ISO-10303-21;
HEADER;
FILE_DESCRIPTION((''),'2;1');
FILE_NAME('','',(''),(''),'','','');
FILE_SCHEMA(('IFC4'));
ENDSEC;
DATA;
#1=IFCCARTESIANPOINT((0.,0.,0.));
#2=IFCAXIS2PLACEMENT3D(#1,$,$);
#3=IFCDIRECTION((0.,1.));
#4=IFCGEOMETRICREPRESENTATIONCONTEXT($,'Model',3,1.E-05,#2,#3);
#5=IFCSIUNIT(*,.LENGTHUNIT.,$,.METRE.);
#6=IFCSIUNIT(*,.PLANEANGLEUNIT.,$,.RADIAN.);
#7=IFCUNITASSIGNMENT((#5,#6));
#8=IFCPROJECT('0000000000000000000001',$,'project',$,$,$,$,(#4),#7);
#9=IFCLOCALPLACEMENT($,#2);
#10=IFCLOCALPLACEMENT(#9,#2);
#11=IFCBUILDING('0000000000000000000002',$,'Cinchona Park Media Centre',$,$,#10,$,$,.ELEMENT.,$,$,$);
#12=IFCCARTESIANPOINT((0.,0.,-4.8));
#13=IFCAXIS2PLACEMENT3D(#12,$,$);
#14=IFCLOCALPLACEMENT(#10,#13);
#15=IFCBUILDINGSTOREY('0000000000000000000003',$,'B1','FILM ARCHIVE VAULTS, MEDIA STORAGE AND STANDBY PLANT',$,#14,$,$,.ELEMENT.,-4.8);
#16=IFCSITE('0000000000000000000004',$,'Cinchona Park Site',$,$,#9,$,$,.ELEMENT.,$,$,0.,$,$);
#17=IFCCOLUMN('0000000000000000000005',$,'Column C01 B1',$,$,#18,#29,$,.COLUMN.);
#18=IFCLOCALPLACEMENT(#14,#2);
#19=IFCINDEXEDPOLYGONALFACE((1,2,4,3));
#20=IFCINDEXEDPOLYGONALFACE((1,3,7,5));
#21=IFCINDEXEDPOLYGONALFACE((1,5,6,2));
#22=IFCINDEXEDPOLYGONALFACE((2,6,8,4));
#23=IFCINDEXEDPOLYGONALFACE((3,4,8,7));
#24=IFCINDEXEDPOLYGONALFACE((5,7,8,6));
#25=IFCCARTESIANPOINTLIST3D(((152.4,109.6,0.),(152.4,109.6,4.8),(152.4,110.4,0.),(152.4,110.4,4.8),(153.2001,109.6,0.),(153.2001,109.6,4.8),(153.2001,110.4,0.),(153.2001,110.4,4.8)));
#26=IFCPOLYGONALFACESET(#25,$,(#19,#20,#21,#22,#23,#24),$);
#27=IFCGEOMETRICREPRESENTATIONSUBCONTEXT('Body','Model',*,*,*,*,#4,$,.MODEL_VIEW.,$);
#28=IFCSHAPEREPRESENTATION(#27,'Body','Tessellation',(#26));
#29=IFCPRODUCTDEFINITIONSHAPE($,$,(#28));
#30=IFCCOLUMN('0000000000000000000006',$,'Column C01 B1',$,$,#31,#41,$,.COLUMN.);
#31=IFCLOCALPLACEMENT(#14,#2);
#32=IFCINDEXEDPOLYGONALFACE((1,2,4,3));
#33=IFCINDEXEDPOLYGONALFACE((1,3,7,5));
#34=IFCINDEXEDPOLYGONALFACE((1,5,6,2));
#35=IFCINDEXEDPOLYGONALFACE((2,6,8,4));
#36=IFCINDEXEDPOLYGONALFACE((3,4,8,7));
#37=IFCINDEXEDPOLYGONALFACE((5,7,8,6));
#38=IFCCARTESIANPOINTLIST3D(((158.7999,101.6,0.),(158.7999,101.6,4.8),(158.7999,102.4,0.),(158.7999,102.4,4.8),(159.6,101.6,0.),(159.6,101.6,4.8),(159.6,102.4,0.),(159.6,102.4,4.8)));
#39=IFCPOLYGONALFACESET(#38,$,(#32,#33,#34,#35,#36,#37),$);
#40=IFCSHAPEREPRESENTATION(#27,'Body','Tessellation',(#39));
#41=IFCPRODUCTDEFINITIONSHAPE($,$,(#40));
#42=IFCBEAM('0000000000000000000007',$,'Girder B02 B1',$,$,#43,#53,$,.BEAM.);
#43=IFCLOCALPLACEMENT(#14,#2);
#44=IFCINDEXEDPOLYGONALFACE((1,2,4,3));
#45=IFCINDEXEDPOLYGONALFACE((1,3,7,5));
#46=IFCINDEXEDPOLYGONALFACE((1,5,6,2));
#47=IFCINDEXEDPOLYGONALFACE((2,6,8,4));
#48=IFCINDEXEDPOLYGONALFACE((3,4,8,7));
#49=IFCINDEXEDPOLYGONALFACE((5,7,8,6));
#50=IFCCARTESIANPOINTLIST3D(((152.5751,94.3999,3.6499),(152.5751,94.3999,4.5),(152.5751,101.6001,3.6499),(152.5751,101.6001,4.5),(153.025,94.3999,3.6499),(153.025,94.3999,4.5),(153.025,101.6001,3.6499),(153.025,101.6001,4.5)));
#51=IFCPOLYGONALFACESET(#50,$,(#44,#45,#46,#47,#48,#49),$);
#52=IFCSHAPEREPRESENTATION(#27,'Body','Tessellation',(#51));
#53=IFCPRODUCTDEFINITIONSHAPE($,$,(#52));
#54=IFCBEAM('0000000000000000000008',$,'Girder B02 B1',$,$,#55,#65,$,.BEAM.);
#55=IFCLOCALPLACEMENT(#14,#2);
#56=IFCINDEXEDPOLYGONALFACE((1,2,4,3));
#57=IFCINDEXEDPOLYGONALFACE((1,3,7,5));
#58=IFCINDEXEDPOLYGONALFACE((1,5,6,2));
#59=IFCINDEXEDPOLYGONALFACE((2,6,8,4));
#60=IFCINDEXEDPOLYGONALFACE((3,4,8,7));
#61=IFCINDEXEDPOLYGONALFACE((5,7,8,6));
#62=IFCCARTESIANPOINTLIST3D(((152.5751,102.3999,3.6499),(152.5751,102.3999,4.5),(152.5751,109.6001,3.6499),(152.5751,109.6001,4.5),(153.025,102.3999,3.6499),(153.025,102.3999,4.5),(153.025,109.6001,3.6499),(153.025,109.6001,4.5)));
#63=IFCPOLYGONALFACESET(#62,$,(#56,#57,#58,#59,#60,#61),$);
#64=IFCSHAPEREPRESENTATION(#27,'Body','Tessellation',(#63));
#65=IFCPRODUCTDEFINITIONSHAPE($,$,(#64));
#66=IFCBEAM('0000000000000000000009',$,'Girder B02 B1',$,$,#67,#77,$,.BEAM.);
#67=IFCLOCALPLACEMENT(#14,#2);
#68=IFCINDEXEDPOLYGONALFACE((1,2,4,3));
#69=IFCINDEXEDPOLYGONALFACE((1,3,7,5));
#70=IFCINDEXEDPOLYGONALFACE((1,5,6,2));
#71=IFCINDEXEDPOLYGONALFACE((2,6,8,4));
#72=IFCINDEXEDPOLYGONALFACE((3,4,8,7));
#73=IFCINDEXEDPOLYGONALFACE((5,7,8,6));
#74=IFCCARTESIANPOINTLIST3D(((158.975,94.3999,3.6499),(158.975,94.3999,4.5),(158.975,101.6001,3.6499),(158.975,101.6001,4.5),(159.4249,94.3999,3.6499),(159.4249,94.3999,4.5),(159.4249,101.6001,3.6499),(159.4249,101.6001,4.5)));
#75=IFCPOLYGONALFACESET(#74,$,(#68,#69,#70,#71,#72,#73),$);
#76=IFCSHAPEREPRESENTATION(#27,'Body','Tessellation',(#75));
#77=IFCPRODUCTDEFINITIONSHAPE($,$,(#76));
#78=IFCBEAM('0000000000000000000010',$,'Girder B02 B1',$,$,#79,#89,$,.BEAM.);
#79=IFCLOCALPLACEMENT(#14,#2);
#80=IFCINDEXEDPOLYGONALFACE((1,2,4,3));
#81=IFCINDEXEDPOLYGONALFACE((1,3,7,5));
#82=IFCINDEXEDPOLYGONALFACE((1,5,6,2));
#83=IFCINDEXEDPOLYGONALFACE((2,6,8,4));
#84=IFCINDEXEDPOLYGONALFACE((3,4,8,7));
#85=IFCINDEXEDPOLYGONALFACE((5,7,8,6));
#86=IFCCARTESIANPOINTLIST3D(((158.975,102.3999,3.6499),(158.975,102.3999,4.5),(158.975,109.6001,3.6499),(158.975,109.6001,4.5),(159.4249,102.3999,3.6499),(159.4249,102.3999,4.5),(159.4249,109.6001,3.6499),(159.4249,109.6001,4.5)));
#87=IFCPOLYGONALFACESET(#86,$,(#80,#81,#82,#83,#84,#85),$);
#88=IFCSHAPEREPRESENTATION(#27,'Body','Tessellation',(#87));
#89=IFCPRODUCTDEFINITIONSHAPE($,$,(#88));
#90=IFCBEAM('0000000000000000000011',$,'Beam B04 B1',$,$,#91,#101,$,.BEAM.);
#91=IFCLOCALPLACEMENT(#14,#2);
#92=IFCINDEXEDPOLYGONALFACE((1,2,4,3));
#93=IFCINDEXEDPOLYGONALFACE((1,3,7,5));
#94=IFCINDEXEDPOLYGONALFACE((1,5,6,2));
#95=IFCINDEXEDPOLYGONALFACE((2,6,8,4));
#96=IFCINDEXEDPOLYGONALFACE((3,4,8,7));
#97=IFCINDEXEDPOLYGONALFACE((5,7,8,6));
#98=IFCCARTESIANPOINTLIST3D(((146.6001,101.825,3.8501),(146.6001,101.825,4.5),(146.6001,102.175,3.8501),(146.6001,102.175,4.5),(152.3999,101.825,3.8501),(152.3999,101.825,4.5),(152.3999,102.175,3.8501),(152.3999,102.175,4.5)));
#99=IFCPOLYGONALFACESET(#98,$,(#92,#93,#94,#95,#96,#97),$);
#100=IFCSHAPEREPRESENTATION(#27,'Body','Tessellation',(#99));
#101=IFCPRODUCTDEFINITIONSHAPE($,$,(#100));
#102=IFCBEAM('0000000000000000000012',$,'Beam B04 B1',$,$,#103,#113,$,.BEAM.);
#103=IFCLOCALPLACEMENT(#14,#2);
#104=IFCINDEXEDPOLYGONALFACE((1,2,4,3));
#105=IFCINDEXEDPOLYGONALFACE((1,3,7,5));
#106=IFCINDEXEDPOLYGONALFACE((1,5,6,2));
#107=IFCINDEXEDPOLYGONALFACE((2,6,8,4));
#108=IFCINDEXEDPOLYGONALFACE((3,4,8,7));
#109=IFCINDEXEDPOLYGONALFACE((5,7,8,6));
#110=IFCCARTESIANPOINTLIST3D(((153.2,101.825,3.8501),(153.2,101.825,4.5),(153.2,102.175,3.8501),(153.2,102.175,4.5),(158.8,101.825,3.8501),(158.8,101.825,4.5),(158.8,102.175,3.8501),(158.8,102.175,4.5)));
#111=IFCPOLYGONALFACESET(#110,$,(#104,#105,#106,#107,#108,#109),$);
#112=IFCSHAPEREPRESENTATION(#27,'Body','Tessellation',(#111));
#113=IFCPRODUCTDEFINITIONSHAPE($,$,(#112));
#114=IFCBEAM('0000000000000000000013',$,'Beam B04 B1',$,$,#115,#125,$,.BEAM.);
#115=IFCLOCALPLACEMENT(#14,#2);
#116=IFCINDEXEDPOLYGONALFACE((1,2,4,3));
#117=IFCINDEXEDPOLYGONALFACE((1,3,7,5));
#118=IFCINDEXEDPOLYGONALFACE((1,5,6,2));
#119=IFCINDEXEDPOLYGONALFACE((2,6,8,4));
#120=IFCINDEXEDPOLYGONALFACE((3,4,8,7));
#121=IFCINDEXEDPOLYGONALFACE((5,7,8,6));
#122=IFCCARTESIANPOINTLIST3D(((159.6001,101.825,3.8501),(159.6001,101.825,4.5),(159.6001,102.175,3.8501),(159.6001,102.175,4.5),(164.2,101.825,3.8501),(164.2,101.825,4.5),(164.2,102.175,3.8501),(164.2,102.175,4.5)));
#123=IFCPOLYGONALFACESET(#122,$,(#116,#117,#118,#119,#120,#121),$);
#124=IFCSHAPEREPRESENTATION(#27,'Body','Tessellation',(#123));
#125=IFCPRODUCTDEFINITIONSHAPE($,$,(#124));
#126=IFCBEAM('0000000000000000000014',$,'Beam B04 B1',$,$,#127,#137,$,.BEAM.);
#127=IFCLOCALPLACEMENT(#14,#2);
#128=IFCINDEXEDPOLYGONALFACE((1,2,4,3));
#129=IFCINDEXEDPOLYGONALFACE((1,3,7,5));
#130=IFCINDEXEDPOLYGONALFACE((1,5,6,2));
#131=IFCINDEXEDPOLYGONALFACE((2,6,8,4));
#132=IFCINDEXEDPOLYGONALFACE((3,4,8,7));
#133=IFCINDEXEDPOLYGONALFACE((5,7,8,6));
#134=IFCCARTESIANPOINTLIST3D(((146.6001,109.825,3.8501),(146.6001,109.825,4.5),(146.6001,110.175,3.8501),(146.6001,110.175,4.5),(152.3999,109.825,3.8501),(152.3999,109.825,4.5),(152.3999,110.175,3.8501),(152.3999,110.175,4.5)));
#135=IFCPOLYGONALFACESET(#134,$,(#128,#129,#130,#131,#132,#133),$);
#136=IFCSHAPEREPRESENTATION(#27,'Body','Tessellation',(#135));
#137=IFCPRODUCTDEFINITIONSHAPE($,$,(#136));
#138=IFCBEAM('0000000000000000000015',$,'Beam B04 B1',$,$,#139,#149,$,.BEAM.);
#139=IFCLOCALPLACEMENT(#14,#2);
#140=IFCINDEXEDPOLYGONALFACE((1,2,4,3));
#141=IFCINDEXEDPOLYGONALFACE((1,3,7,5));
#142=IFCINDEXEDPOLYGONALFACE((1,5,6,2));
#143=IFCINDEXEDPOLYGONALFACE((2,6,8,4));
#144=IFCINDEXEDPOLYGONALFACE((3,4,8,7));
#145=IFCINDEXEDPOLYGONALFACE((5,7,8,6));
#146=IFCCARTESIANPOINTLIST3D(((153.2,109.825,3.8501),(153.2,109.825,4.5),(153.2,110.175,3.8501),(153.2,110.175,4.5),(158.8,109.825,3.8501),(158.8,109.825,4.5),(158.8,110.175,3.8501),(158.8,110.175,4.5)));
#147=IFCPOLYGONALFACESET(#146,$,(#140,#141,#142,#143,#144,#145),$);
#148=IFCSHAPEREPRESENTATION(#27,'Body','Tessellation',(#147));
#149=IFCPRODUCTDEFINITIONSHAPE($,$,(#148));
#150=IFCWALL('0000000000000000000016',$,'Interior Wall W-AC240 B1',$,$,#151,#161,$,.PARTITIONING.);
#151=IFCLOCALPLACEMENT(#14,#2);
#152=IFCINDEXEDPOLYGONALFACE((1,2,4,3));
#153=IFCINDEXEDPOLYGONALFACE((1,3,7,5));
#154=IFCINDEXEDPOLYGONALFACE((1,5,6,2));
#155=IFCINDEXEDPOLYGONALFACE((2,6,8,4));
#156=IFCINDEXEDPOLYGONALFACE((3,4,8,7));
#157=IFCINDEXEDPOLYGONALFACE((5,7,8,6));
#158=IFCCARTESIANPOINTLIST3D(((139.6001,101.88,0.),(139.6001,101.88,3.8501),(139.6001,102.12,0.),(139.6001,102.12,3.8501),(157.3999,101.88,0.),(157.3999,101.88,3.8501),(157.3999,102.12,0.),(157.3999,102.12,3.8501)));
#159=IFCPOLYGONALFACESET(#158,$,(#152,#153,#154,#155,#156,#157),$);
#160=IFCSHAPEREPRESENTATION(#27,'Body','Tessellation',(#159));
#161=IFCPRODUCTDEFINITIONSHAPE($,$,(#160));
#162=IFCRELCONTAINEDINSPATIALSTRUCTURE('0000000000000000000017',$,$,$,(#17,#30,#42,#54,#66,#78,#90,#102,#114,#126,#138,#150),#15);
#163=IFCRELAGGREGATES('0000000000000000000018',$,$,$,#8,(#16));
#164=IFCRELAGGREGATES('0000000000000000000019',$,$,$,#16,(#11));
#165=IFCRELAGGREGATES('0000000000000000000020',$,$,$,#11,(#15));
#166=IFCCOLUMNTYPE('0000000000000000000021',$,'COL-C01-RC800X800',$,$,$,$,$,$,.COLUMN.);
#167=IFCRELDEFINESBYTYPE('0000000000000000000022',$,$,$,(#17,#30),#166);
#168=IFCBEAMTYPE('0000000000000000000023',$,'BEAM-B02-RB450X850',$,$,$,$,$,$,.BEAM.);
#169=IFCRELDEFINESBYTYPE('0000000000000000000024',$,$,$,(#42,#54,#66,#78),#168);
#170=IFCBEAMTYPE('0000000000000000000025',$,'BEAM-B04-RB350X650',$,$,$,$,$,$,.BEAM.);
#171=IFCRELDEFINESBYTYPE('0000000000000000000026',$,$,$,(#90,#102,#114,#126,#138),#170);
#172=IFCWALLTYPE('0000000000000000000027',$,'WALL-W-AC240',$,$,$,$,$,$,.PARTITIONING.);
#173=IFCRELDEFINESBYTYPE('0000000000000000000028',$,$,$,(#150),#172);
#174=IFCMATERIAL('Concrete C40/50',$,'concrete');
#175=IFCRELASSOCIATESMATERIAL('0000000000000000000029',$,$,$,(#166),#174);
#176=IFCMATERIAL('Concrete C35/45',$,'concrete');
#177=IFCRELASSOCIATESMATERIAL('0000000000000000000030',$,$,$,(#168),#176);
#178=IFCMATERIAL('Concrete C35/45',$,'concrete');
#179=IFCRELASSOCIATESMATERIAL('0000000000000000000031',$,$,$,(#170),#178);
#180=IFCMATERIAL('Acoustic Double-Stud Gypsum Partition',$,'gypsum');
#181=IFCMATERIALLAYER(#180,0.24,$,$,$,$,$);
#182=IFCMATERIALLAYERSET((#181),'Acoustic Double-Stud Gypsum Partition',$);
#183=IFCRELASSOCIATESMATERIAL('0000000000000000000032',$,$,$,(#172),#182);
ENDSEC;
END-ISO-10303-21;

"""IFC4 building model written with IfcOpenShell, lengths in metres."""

from ifc_helpers import new_model, si_unit, direction, frame, frame_2d, origin, origin_2d, place, context, subcontext, project, spatial, rectangle, extrude, material, layer, layer_set, material_profile, profile_set, type_object, element, save


model = new_model("IFC4")

# Units and contexts
model_context = context("Model", 3, precision=1e-05, world=origin(), true_north=direction((0.0, 1.0)))
body_context = subcontext(model_context, "Body", "Model", "MODEL_VIEW")
ifc_project = project(units=[si_unit("LENGTHUNIT", "METRE"), si_unit("PLANEANGLEUNIT", "RADIAN")], contexts=[model_context])

# Site, building, storey
site_placement = place(None, origin())
site = spatial("IfcSite", under=ifc_project, at=site_placement, Name="Cinchona Park Site", CompositionType="ELEMENT", RefElevation=0.0)
building_placement = place(site_placement, origin())
building = spatial("IfcBuilding", under=site, at=building_placement, Name="Cinchona Park Media Centre", CompositionType="ELEMENT")
storey_placement = place(building_placement, frame((0.0, 0.0, -4.8)))
storey = spatial("IfcBuildingStorey", under=building, at=storey_placement, Name="B1", Description="FILM ARCHIVE VAULTS, MEDIA STORAGE AND STANDBY PLANT", CompositionType="ELEMENT", Elevation=-4.8)

# Columns
ifc_material_1 = material(Name="Concrete C40/50", Category="concrete")
ifc_material_profile_1 = material_profile(ifc_material_1, rectangle(XDim=0.8, YDim=0.8, at=origin_2d()), Name="RC 800X800")
ifc_profile_set_1 = profile_set([ifc_material_profile_1], Name="Concrete C40/50")
column_type = type_object("IfcColumnType", Name="COL-C01-RC800X800", PredefinedType="COLUMN", material=ifc_profile_set_1)
for number, where, z_axis, x_axis, name in (
    (1, (152.8, 110.0, 0.0), (0.0, 0.0, 1.0), (1.0, 0.0, 0.0), "Column C01 B1"),
    (2, (159.2, 102.0, 0.0), (0.0, 0.0, 1.0), (1.0, 0.0, 0.0), "Column C01 B1"),
):
    element("IfcColumn", number, at=place(storey_placement, frame(where, z_axis=z_axis, x_axis=x_axis)), inside=storey, type_object=column_type, Name=name, PredefinedType="COLUMN", context=body_context, shape_type="SweptSolid", body=[
        extrude(rectangle(XDim=0.8, YDim=0.8, at=origin_2d()), origin(), (0.0, 0.0, 1.0), 4.8),
    ])

# Beams
ifc_material_2 = material(Name="Concrete C35/45", Category="concrete")
ifc_material_profile_2 = material_profile(ifc_material_2, rectangle(XDim=0.45, YDim=0.8501, at=origin_2d()), Name="RB 450X850")
ifc_profile_set_2 = profile_set([ifc_material_profile_2], Name="Concrete C35/45")
beam_type_1 = type_object("IfcBeamType", Name="BEAM-B02-RB450X850", PredefinedType="BEAM", material=ifc_profile_set_2)
for number, where, z_axis, x_axis, name in (
    (3, (152.8, 94.3999, 4.075), (0.0, 1.0, 0.0), (-1.0, 0.0, 0.0), "Girder B02 B1"),
    (4, (152.8, 102.3999, 4.075), (0.0, 1.0, 0.0), (-1.0, 0.0, 0.0), "Girder B02 B1"),
    (5, (159.2, 94.3999, 4.075), (0.0, 1.0, 0.0), (-1.0, 0.0, 0.0), "Girder B02 B1"),
    (6, (159.2, 102.3999, 4.075), (0.0, 1.0, 0.0), (-1.0, 0.0, 0.0), "Girder B02 B1"),
):
    element("IfcBeam", number, at=place(storey_placement, frame(where, z_axis=z_axis, x_axis=x_axis)), inside=storey, type_object=beam_type_1, Name=name, PredefinedType="BEAM", context=body_context, shape_type="SweptSolid", body=[
        extrude(rectangle(XDim=0.45, YDim=0.8501, at=origin_2d()), origin(), (0.0, 0.0, 1.0), 7.2002),
    ])
ifc_material_3 = material(Name="Concrete C35/45", Category="concrete")
ifc_material_profile_3 = material_profile(ifc_material_3, rectangle(XDim=0.3501, YDim=0.6499, at=origin_2d()), Name="RB 350X650")
ifc_profile_set_3 = profile_set([ifc_material_profile_3], Name="Concrete C35/45")
beam_type_2 = type_object("IfcBeamType", Name="BEAM-B04-RB350X650", PredefinedType="BEAM", material=ifc_profile_set_3)
beam_1_placement = place(storey_placement, frame((146.6001, 102.0, 4.175), z_axis=(1.0, 0.0, 0.0), x_axis=(0.0, 1.0, 0.0)))
element("IfcBeam", 7, at=beam_1_placement, inside=storey, type_object=beam_type_2, Name="Beam B04 B1", PredefinedType="BEAM", context=body_context, shape_type="SweptSolid", body=[
    extrude(rectangle(XDim=0.3501, YDim=0.6499, at=origin_2d()), origin(), (0.0, 0.0, 1.0), 5.7998),
])
beam_2_placement = place(storey_placement, frame((153.2, 102.0, 4.175), z_axis=(1.0, 0.0, 0.0), x_axis=(0.0, 1.0, 0.0)))
element("IfcBeam", 8, at=beam_2_placement, inside=storey, type_object=beam_type_2, Name="Beam B04 B1", PredefinedType="BEAM", context=body_context, shape_type="SweptSolid", body=[
    extrude(rectangle(XDim=0.3501, YDim=0.6499, at=origin_2d()), origin(), (0.0, 0.0, 1.0), 5.6001),
])
beam_3_placement = place(storey_placement, frame((159.6001, 102.0, 4.175), z_axis=(1.0, 0.0, 0.0), x_axis=(0.0, 1.0, 0.0)))
element("IfcBeam", 9, at=beam_3_placement, inside=storey, type_object=beam_type_2, Name="Beam B04 B1", PredefinedType="BEAM", context=body_context, shape_type="SweptSolid", body=[
    extrude(rectangle(XDim=0.3501, YDim=0.6499, at=origin_2d()), origin(), (0.0, 0.0, 1.0), 4.5999),
])
beam_4_placement = place(storey_placement, frame((146.6001, 110.0, 4.175), z_axis=(1.0, 0.0, 0.0), x_axis=(0.0, 1.0, 0.0)))
element("IfcBeam", 10, at=beam_4_placement, inside=storey, type_object=beam_type_2, Name="Beam B04 B1", PredefinedType="BEAM", context=body_context, shape_type="SweptSolid", body=[
    extrude(rectangle(XDim=0.3501, YDim=0.6499, at=origin_2d()), origin(), (0.0, 0.0, 1.0), 5.7998),
])
beam_5_placement = place(storey_placement, frame((153.2, 110.0, 4.175), z_axis=(1.0, 0.0, 0.0), x_axis=(0.0, 1.0, 0.0)))
element("IfcBeam", 11, at=beam_5_placement, inside=storey, type_object=beam_type_2, Name="Beam B04 B1", PredefinedType="BEAM", context=body_context, shape_type="SweptSolid", body=[
    extrude(rectangle(XDim=0.3501, YDim=0.6499, at=origin_2d()), origin(), (0.0, 0.0, 1.0), 5.6001),
])

# Wall
ifc_material_4 = material(Name="Acoustic Double-Stud Gypsum Partition", Category="gypsum")
ifc_layer_1 = layer(ifc_material_4, 0.24)
ifc_layer_set_1 = layer_set([ifc_layer_1], Name="Acoustic Double-Stud Gypsum Partition")
wall_type_1 = type_object("IfcWallType", Name="WALL-W-AC240", PredefinedType="PARTITIONING", material=ifc_layer_set_1)
wall_1_placement = place(storey_placement, frame((157.3999, 102.0, 0.0), z_axis=(0.0, 0.0, 1.0), x_axis=(-1.0, 0.0, 0.0)))
element("IfcWall", 12, at=wall_1_placement, inside=storey, type_object=wall_type_1, Name="Interior Wall W-AC240 B1", PredefinedType="PARTITIONING", context=body_context, shape_type="SweptSolid", body=[
    extrude(rectangle(XDim=17.7998, YDim=0.24, at=frame_2d((8.8999, 0.0))), origin(), (0.0, 0.0, 1.0), 3.8501),
])

save(model, "model.ifc")
